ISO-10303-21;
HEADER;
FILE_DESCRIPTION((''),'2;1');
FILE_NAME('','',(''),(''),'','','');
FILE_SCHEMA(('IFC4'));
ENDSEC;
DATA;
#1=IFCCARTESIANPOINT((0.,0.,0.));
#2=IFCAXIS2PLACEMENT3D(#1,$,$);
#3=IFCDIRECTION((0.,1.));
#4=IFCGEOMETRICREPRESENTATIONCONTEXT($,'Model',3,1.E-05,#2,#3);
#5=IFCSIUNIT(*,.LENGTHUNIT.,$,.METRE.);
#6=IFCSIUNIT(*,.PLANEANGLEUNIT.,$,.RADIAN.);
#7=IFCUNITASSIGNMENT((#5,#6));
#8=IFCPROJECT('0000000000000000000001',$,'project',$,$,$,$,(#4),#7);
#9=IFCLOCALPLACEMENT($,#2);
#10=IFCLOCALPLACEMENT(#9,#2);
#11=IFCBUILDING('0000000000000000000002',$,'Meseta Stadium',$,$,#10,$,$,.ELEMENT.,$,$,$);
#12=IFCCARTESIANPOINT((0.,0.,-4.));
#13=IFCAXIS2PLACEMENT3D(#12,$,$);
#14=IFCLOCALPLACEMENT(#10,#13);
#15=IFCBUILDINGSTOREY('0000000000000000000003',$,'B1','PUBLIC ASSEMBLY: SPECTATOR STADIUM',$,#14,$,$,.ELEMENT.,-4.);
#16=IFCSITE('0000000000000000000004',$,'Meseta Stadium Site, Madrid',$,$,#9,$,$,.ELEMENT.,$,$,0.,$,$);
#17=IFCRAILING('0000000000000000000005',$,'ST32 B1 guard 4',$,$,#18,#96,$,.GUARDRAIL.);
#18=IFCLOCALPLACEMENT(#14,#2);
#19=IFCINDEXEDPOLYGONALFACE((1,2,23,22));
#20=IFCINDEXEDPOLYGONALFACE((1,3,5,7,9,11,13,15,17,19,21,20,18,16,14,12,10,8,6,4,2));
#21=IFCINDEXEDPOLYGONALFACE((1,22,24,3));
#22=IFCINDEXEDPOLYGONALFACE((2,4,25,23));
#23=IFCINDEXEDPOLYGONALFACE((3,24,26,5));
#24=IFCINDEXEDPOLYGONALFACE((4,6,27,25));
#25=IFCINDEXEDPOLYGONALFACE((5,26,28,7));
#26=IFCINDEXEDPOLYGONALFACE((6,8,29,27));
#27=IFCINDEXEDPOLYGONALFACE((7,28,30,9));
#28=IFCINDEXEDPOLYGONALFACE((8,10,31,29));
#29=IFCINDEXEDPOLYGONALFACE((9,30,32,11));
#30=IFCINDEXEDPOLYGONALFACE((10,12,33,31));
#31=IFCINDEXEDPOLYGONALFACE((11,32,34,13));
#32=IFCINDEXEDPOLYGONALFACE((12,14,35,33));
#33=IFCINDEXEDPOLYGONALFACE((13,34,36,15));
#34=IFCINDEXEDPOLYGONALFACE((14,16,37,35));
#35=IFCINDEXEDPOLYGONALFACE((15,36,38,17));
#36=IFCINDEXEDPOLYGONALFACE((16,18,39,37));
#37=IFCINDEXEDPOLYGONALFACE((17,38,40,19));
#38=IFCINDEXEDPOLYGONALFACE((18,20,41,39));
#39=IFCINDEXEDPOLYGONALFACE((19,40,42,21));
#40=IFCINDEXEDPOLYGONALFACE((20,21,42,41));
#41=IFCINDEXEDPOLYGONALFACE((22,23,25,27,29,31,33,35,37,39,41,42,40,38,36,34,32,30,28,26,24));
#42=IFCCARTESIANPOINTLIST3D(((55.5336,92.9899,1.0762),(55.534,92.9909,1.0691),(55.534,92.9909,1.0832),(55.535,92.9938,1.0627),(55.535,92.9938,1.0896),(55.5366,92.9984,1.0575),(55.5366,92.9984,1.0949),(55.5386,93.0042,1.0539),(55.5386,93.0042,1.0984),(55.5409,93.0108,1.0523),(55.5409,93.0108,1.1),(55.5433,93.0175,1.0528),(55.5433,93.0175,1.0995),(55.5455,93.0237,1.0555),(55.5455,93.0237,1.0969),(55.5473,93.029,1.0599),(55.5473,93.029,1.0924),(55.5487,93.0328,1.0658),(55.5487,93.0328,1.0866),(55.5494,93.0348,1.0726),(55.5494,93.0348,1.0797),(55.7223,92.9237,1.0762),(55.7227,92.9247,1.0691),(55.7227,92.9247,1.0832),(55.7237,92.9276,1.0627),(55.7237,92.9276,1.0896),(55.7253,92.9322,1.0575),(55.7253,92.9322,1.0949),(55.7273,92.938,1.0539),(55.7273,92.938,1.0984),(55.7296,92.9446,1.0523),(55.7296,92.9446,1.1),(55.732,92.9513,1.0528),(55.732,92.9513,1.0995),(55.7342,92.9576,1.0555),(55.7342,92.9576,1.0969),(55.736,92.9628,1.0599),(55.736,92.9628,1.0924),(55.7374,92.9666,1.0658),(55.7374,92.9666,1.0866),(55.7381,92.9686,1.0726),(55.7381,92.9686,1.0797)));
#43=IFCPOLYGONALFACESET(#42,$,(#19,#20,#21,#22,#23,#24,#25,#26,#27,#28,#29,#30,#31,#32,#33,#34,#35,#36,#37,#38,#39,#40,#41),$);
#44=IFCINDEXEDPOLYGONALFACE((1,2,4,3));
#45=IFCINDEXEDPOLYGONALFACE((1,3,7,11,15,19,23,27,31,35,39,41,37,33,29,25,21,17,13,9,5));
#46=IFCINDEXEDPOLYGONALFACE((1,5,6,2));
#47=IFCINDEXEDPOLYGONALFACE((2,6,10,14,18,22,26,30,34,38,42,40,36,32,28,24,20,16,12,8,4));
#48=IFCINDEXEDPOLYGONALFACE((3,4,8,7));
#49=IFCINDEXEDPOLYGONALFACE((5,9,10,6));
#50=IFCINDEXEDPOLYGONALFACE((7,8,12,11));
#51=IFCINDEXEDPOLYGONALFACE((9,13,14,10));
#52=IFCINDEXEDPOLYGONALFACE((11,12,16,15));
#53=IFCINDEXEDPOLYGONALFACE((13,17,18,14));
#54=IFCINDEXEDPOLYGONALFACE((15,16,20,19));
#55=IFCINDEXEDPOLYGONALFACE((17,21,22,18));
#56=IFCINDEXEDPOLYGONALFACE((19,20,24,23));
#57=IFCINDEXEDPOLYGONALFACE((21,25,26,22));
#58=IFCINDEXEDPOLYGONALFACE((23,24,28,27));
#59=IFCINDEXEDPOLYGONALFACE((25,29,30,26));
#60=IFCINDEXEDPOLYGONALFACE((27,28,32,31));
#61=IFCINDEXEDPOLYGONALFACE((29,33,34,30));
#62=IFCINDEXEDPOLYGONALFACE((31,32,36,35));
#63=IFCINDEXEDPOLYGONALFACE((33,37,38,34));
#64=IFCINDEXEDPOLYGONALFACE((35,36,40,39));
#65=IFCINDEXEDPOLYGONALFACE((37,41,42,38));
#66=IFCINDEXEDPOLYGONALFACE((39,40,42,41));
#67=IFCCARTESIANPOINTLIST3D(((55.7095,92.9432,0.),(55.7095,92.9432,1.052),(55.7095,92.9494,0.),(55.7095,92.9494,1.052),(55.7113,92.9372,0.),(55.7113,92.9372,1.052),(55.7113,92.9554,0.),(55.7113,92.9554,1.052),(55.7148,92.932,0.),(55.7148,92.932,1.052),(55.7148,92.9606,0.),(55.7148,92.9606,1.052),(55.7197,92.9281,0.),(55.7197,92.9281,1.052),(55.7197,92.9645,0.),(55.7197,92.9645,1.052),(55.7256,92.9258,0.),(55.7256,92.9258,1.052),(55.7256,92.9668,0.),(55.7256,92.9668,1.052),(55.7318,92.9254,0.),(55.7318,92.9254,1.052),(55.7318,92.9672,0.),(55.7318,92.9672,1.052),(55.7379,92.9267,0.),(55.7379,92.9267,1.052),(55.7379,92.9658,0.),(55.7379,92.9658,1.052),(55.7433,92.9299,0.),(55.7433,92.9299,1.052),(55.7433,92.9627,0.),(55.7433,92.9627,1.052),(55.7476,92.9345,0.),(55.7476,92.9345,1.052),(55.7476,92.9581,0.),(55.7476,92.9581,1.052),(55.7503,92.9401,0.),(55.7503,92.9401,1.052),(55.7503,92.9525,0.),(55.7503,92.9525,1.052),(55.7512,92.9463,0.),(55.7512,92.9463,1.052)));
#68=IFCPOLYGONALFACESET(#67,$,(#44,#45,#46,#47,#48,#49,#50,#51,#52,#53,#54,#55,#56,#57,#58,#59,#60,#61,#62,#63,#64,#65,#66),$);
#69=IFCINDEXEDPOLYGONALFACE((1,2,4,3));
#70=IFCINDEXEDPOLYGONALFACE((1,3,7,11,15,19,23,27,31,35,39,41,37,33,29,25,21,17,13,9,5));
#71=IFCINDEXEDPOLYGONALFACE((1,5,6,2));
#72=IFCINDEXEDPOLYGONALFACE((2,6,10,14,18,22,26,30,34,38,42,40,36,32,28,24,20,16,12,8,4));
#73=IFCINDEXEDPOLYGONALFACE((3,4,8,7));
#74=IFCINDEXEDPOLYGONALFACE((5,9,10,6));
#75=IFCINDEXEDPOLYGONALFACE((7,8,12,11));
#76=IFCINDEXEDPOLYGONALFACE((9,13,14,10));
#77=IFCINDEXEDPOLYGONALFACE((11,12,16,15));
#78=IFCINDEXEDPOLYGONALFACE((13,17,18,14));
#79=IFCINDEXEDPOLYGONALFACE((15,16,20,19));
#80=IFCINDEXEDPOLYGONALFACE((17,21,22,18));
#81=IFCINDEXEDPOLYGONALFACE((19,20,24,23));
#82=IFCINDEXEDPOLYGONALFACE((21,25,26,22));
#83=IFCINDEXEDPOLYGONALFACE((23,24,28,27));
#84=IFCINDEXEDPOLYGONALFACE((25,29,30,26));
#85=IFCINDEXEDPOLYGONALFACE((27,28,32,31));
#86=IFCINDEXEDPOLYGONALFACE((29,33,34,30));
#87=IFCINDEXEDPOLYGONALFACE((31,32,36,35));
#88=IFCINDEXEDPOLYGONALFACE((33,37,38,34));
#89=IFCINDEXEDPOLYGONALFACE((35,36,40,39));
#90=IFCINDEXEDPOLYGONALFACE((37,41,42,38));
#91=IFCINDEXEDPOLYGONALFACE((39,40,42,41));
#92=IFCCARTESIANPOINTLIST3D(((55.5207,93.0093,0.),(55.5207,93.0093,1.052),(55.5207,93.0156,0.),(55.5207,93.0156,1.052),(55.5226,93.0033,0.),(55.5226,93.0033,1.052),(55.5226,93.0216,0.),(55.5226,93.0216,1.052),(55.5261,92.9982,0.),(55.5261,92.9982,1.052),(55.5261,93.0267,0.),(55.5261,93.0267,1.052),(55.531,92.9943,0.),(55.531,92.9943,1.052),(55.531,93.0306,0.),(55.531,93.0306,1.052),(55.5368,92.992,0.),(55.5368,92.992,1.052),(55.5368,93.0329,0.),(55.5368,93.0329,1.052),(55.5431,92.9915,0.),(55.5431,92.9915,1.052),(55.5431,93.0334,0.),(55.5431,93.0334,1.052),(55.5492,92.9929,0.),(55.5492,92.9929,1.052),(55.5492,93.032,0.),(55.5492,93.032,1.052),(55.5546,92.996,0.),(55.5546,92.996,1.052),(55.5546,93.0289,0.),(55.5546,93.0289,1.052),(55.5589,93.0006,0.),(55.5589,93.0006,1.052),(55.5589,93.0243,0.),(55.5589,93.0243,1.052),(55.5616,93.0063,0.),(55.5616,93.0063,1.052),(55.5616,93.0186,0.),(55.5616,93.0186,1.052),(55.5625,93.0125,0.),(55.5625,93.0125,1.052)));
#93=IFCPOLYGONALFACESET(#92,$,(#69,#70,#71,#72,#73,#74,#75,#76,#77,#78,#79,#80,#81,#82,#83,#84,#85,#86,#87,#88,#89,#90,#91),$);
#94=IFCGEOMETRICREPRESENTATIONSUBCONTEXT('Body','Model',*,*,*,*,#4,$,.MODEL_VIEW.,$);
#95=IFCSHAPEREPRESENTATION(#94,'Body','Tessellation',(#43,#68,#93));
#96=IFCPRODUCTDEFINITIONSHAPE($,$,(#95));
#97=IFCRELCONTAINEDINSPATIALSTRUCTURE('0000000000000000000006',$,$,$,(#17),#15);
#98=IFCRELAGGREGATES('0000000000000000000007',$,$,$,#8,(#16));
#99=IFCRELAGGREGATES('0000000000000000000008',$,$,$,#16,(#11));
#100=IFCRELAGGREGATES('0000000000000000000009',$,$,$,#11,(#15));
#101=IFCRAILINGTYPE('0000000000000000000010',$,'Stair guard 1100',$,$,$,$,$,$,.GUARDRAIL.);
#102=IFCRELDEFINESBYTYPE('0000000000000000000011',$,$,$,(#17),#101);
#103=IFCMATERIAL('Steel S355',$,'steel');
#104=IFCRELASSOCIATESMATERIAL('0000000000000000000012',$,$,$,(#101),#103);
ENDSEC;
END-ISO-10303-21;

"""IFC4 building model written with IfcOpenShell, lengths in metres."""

from ifc_helpers import new_model, si_unit, direction, frame, origin, origin_2d, place, context, subcontext, project, spatial, circle, extrude, material, type_object, element, save


model = new_model("IFC4")

# Units and contexts
model_context = context("Model", 3, precision=1e-05, world=origin(), true_north=direction((0.0, 1.0)))
body_context = subcontext(model_context, "Body", "Model", "MODEL_VIEW")
ifc_project = project(units=[si_unit("LENGTHUNIT", "METRE"), si_unit("PLANEANGLEUNIT", "RADIAN")], contexts=[model_context])

# Site, building, storey
site_placement = place(None, origin())
site = spatial("IfcSite", under=ifc_project, at=site_placement, Name="Meseta Stadium Site, Madrid", CompositionType="ELEMENT", RefElevation=0.0)
building_placement = place(site_placement, origin())
building = spatial("IfcBuilding", under=site, at=building_placement, Name="Meseta Stadium", CompositionType="ELEMENT")
storey_placement = place(building_placement, frame((0.0, 0.0, -4.0)))
storey = spatial("IfcBuildingStorey", under=building, at=storey_placement, Name="B1", Description="PUBLIC ASSEMBLY: SPECTATOR STADIUM", CompositionType="ELEMENT", Elevation=-4.0)

# Railing
ifc_material_1 = material(Name="Steel S355", Category="steel")
railing_type_1 = type_object("IfcRailingType", Name="Stair guard 1100", PredefinedType="GUARDRAIL", material=ifc_material_1)
railing_1_placement = place(storey_placement, frame((55.7302, 92.9463, 0.0)))
element("IfcRailing", 1, at=railing_1_placement, inside=storey, type_object=railing_type_1, Name="ST32 B1 guard 4", PredefinedType="GUARDRAIL", context=body_context, shape_type="SweptSolid", body=[
    extrude(circle(Radius=0.0239, at=origin_2d()), frame((0.0, 0.0, 1.0762), z_axis=(-0.943687, 0.33084, 0.0), x_axis=(-0.33084, -0.943687, 0.0)), (0.0, 0.0, 1.0), 0.2),
    extrude(circle(Radius=0.021, at=origin_2d()), origin(), (0.0, 0.0, 1.0), 1.052),
    extrude(circle(Radius=0.021, at=origin_2d()), frame((-0.1887, 0.0662, 0.0)), (0.0, 0.0, 1.0), 1.052),
])

save(model, "model.ifc")
